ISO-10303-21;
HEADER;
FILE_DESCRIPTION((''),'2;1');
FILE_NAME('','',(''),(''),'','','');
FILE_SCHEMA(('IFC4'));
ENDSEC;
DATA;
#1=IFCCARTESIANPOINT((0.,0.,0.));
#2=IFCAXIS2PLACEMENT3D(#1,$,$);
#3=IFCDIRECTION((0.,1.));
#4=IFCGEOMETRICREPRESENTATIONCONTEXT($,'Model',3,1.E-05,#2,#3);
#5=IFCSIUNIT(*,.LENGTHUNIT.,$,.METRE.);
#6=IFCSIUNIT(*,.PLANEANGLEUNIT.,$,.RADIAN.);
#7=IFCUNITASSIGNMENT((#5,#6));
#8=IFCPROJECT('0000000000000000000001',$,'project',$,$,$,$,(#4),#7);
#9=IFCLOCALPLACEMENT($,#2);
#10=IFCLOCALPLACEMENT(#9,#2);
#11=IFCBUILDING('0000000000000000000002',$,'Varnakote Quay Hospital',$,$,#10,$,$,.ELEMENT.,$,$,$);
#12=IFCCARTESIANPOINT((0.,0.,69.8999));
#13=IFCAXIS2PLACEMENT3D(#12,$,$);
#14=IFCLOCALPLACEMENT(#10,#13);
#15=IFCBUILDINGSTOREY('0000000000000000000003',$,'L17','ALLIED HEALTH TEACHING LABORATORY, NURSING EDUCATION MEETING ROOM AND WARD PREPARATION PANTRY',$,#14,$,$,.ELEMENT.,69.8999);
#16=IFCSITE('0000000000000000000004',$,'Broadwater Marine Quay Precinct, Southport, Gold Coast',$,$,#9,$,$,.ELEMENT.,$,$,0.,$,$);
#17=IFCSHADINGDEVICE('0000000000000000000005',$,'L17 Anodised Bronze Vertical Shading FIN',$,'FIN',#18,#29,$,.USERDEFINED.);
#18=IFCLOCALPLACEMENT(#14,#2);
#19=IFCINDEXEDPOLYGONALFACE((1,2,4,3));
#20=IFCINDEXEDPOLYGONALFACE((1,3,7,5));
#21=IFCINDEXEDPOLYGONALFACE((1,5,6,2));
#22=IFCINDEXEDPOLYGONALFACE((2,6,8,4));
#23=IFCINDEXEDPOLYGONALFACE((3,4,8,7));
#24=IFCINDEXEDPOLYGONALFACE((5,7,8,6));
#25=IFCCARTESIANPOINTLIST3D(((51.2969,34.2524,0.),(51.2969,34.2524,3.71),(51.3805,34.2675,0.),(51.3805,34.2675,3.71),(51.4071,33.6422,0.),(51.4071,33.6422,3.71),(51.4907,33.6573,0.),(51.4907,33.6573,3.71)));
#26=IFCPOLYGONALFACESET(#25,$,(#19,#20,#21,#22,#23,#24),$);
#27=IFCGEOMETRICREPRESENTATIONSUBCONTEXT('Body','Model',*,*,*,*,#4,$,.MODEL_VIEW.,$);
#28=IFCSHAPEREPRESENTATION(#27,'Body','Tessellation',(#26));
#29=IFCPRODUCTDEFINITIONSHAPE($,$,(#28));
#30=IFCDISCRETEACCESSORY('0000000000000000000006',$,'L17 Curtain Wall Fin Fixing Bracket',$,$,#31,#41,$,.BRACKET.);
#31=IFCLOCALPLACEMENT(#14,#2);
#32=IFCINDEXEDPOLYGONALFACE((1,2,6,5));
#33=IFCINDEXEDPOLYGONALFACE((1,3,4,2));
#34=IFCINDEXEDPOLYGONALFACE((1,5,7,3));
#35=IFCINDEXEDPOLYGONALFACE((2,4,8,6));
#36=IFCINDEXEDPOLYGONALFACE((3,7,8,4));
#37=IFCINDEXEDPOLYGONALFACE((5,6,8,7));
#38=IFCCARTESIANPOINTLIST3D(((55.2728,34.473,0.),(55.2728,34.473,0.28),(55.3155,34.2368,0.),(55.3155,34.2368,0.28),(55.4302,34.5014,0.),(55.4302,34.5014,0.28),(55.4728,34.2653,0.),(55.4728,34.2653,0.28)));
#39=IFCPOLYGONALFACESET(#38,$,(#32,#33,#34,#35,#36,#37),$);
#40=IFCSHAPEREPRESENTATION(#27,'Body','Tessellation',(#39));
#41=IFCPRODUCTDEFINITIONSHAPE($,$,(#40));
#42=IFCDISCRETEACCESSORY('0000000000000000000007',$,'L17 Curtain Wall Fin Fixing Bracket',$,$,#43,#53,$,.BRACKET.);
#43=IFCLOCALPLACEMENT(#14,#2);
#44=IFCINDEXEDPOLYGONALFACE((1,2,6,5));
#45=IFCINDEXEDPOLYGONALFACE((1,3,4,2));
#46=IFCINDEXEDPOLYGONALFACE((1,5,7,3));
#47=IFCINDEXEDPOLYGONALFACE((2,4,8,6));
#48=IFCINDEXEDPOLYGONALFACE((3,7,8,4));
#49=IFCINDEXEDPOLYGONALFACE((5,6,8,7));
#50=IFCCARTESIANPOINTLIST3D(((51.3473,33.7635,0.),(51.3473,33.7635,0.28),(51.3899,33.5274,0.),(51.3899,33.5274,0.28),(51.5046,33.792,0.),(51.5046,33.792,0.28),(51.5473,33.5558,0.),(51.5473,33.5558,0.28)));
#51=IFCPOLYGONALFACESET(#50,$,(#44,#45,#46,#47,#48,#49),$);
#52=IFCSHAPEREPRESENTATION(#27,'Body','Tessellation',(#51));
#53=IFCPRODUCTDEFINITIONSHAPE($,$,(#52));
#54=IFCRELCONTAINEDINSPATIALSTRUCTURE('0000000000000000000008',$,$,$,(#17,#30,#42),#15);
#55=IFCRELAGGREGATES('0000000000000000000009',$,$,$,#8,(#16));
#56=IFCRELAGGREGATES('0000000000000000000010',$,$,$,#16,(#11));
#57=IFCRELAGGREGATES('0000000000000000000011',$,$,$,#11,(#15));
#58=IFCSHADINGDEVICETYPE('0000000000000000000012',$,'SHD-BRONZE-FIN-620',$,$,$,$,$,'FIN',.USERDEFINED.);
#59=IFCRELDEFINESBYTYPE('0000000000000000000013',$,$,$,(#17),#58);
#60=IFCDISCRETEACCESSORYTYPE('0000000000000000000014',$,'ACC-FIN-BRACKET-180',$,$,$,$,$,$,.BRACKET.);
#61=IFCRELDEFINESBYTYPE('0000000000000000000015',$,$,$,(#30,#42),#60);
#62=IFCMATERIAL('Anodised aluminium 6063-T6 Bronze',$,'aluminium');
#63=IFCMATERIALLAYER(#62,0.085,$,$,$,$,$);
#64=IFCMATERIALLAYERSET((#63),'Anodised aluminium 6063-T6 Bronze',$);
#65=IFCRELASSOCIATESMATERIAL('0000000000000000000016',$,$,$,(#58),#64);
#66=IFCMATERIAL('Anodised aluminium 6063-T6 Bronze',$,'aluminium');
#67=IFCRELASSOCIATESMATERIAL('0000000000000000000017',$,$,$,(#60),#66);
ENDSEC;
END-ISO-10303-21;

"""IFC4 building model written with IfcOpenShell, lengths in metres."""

from ifc_helpers import new_model, si_unit, direction, frame, origin, origin_2d, place, context, subcontext, project, spatial, rectangle, extrude, material, layer, layer_set, type_object, element, save


model = new_model("IFC4")

# Units and contexts
model_context = context("Model", 3, precision=1e-05, world=origin(), true_north=direction((0.0, 1.0)))
body_context = subcontext(model_context, "Body", "Model", "MODEL_VIEW")
ifc_project = project(units=[si_unit("LENGTHUNIT", "METRE"), si_unit("PLANEANGLEUNIT", "RADIAN")], contexts=[model_context])

# Site, building, storey
site_placement = place(None, origin())
site = spatial("IfcSite", under=ifc_project, at=site_placement, Name="Broadwater Marine Quay Precinct, Southport, Gold Coast", CompositionType="ELEMENT", RefElevation=0.0)
building_placement = place(site_placement, origin())
building = spatial("IfcBuilding", under=site, at=building_placement, Name="Varnakote Quay Hospital", CompositionType="ELEMENT")
storey_placement = place(building_placement, frame((0.0, 0.0, 69.8999)))
storey = spatial("IfcBuildingStorey", under=building, at=storey_placement, Name="L17", Description="ALLIED HEALTH TEACHING LABORATORY, NURSING EDUCATION MEETING ROOM AND WARD PREPARATION PANTRY", CompositionType="ELEMENT", Elevation=69.8999)

# Shading device
ifc_material_1 = material(Name="Anodised aluminium 6063-T6 Bronze", Category="aluminium")
ifc_layer_1 = layer(ifc_material_1, 0.085)
ifc_layer_set_1 = layer_set([ifc_layer_1], Name="Anodised aluminium 6063-T6 Bronze")
shading_device_type = type_object("IfcShadingDeviceType", Name="SHD-BRONZE-FIN-620", ElementType="FIN", PredefinedType="USERDEFINED", material=ifc_layer_set_1)
for number, where, z_axis, x_axis, name in (
    (1, (51.3938, 33.9548, 0.0), (0.0, 0.0, 1.0), (0.177772, -0.984072, 0.0), "L17 Anodised Bronze Vertical Shading FIN"),
):
    element("IfcShadingDevice", number, at=place(storey_placement, frame(where, z_axis=z_axis, x_axis=x_axis)), inside=storey, type_object=shading_device_type, Name=name, ObjectType="FIN", PredefinedType="USERDEFINED", context=body_context, shape_type="SweptSolid", body=[
        extrude(rectangle(XDim=0.6201, YDim=0.085, at=origin_2d()), origin(), (0.0, 0.0, 1.0), 3.71),
    ])

# Discrete accessories
ifc_material_2 = material(Name="Anodised aluminium 6063-T6 Bronze", Category="aluminium")
discrete_accessory_type = type_object("IfcDiscreteAccessoryType", Name="ACC-FIN-BRACKET-180", PredefinedType="BRACKET", material=ifc_material_2)
for number, where, z_axis, x_axis, name in (
    (2, (55.3728, 34.3691, 0.0), (0.0, 0.0, 1.0), (-0.984072, -0.177772, 0.0), "L17 Curtain Wall Fin Fixing Bracket"),
    (3, (51.4473, 33.6597, 0.0), (0.0, 0.0, 1.0), (-0.984072, -0.177772, 0.0), "L17 Curtain Wall Fin Fixing Bracket"),
):
    element("IfcDiscreteAccessory", number, at=place(storey_placement, frame(where, z_axis=z_axis, x_axis=x_axis)), inside=storey, type_object=discrete_accessory_type, Name=name, PredefinedType="BRACKET", context=body_context, shape_type="SweptSolid", body=[
        extrude(rectangle(XDim=0.1599, YDim=0.24, at=origin_2d()), origin(), (0.0, 0.0, 1.0), 0.28),
    ])

save(model, "model.ifc")
